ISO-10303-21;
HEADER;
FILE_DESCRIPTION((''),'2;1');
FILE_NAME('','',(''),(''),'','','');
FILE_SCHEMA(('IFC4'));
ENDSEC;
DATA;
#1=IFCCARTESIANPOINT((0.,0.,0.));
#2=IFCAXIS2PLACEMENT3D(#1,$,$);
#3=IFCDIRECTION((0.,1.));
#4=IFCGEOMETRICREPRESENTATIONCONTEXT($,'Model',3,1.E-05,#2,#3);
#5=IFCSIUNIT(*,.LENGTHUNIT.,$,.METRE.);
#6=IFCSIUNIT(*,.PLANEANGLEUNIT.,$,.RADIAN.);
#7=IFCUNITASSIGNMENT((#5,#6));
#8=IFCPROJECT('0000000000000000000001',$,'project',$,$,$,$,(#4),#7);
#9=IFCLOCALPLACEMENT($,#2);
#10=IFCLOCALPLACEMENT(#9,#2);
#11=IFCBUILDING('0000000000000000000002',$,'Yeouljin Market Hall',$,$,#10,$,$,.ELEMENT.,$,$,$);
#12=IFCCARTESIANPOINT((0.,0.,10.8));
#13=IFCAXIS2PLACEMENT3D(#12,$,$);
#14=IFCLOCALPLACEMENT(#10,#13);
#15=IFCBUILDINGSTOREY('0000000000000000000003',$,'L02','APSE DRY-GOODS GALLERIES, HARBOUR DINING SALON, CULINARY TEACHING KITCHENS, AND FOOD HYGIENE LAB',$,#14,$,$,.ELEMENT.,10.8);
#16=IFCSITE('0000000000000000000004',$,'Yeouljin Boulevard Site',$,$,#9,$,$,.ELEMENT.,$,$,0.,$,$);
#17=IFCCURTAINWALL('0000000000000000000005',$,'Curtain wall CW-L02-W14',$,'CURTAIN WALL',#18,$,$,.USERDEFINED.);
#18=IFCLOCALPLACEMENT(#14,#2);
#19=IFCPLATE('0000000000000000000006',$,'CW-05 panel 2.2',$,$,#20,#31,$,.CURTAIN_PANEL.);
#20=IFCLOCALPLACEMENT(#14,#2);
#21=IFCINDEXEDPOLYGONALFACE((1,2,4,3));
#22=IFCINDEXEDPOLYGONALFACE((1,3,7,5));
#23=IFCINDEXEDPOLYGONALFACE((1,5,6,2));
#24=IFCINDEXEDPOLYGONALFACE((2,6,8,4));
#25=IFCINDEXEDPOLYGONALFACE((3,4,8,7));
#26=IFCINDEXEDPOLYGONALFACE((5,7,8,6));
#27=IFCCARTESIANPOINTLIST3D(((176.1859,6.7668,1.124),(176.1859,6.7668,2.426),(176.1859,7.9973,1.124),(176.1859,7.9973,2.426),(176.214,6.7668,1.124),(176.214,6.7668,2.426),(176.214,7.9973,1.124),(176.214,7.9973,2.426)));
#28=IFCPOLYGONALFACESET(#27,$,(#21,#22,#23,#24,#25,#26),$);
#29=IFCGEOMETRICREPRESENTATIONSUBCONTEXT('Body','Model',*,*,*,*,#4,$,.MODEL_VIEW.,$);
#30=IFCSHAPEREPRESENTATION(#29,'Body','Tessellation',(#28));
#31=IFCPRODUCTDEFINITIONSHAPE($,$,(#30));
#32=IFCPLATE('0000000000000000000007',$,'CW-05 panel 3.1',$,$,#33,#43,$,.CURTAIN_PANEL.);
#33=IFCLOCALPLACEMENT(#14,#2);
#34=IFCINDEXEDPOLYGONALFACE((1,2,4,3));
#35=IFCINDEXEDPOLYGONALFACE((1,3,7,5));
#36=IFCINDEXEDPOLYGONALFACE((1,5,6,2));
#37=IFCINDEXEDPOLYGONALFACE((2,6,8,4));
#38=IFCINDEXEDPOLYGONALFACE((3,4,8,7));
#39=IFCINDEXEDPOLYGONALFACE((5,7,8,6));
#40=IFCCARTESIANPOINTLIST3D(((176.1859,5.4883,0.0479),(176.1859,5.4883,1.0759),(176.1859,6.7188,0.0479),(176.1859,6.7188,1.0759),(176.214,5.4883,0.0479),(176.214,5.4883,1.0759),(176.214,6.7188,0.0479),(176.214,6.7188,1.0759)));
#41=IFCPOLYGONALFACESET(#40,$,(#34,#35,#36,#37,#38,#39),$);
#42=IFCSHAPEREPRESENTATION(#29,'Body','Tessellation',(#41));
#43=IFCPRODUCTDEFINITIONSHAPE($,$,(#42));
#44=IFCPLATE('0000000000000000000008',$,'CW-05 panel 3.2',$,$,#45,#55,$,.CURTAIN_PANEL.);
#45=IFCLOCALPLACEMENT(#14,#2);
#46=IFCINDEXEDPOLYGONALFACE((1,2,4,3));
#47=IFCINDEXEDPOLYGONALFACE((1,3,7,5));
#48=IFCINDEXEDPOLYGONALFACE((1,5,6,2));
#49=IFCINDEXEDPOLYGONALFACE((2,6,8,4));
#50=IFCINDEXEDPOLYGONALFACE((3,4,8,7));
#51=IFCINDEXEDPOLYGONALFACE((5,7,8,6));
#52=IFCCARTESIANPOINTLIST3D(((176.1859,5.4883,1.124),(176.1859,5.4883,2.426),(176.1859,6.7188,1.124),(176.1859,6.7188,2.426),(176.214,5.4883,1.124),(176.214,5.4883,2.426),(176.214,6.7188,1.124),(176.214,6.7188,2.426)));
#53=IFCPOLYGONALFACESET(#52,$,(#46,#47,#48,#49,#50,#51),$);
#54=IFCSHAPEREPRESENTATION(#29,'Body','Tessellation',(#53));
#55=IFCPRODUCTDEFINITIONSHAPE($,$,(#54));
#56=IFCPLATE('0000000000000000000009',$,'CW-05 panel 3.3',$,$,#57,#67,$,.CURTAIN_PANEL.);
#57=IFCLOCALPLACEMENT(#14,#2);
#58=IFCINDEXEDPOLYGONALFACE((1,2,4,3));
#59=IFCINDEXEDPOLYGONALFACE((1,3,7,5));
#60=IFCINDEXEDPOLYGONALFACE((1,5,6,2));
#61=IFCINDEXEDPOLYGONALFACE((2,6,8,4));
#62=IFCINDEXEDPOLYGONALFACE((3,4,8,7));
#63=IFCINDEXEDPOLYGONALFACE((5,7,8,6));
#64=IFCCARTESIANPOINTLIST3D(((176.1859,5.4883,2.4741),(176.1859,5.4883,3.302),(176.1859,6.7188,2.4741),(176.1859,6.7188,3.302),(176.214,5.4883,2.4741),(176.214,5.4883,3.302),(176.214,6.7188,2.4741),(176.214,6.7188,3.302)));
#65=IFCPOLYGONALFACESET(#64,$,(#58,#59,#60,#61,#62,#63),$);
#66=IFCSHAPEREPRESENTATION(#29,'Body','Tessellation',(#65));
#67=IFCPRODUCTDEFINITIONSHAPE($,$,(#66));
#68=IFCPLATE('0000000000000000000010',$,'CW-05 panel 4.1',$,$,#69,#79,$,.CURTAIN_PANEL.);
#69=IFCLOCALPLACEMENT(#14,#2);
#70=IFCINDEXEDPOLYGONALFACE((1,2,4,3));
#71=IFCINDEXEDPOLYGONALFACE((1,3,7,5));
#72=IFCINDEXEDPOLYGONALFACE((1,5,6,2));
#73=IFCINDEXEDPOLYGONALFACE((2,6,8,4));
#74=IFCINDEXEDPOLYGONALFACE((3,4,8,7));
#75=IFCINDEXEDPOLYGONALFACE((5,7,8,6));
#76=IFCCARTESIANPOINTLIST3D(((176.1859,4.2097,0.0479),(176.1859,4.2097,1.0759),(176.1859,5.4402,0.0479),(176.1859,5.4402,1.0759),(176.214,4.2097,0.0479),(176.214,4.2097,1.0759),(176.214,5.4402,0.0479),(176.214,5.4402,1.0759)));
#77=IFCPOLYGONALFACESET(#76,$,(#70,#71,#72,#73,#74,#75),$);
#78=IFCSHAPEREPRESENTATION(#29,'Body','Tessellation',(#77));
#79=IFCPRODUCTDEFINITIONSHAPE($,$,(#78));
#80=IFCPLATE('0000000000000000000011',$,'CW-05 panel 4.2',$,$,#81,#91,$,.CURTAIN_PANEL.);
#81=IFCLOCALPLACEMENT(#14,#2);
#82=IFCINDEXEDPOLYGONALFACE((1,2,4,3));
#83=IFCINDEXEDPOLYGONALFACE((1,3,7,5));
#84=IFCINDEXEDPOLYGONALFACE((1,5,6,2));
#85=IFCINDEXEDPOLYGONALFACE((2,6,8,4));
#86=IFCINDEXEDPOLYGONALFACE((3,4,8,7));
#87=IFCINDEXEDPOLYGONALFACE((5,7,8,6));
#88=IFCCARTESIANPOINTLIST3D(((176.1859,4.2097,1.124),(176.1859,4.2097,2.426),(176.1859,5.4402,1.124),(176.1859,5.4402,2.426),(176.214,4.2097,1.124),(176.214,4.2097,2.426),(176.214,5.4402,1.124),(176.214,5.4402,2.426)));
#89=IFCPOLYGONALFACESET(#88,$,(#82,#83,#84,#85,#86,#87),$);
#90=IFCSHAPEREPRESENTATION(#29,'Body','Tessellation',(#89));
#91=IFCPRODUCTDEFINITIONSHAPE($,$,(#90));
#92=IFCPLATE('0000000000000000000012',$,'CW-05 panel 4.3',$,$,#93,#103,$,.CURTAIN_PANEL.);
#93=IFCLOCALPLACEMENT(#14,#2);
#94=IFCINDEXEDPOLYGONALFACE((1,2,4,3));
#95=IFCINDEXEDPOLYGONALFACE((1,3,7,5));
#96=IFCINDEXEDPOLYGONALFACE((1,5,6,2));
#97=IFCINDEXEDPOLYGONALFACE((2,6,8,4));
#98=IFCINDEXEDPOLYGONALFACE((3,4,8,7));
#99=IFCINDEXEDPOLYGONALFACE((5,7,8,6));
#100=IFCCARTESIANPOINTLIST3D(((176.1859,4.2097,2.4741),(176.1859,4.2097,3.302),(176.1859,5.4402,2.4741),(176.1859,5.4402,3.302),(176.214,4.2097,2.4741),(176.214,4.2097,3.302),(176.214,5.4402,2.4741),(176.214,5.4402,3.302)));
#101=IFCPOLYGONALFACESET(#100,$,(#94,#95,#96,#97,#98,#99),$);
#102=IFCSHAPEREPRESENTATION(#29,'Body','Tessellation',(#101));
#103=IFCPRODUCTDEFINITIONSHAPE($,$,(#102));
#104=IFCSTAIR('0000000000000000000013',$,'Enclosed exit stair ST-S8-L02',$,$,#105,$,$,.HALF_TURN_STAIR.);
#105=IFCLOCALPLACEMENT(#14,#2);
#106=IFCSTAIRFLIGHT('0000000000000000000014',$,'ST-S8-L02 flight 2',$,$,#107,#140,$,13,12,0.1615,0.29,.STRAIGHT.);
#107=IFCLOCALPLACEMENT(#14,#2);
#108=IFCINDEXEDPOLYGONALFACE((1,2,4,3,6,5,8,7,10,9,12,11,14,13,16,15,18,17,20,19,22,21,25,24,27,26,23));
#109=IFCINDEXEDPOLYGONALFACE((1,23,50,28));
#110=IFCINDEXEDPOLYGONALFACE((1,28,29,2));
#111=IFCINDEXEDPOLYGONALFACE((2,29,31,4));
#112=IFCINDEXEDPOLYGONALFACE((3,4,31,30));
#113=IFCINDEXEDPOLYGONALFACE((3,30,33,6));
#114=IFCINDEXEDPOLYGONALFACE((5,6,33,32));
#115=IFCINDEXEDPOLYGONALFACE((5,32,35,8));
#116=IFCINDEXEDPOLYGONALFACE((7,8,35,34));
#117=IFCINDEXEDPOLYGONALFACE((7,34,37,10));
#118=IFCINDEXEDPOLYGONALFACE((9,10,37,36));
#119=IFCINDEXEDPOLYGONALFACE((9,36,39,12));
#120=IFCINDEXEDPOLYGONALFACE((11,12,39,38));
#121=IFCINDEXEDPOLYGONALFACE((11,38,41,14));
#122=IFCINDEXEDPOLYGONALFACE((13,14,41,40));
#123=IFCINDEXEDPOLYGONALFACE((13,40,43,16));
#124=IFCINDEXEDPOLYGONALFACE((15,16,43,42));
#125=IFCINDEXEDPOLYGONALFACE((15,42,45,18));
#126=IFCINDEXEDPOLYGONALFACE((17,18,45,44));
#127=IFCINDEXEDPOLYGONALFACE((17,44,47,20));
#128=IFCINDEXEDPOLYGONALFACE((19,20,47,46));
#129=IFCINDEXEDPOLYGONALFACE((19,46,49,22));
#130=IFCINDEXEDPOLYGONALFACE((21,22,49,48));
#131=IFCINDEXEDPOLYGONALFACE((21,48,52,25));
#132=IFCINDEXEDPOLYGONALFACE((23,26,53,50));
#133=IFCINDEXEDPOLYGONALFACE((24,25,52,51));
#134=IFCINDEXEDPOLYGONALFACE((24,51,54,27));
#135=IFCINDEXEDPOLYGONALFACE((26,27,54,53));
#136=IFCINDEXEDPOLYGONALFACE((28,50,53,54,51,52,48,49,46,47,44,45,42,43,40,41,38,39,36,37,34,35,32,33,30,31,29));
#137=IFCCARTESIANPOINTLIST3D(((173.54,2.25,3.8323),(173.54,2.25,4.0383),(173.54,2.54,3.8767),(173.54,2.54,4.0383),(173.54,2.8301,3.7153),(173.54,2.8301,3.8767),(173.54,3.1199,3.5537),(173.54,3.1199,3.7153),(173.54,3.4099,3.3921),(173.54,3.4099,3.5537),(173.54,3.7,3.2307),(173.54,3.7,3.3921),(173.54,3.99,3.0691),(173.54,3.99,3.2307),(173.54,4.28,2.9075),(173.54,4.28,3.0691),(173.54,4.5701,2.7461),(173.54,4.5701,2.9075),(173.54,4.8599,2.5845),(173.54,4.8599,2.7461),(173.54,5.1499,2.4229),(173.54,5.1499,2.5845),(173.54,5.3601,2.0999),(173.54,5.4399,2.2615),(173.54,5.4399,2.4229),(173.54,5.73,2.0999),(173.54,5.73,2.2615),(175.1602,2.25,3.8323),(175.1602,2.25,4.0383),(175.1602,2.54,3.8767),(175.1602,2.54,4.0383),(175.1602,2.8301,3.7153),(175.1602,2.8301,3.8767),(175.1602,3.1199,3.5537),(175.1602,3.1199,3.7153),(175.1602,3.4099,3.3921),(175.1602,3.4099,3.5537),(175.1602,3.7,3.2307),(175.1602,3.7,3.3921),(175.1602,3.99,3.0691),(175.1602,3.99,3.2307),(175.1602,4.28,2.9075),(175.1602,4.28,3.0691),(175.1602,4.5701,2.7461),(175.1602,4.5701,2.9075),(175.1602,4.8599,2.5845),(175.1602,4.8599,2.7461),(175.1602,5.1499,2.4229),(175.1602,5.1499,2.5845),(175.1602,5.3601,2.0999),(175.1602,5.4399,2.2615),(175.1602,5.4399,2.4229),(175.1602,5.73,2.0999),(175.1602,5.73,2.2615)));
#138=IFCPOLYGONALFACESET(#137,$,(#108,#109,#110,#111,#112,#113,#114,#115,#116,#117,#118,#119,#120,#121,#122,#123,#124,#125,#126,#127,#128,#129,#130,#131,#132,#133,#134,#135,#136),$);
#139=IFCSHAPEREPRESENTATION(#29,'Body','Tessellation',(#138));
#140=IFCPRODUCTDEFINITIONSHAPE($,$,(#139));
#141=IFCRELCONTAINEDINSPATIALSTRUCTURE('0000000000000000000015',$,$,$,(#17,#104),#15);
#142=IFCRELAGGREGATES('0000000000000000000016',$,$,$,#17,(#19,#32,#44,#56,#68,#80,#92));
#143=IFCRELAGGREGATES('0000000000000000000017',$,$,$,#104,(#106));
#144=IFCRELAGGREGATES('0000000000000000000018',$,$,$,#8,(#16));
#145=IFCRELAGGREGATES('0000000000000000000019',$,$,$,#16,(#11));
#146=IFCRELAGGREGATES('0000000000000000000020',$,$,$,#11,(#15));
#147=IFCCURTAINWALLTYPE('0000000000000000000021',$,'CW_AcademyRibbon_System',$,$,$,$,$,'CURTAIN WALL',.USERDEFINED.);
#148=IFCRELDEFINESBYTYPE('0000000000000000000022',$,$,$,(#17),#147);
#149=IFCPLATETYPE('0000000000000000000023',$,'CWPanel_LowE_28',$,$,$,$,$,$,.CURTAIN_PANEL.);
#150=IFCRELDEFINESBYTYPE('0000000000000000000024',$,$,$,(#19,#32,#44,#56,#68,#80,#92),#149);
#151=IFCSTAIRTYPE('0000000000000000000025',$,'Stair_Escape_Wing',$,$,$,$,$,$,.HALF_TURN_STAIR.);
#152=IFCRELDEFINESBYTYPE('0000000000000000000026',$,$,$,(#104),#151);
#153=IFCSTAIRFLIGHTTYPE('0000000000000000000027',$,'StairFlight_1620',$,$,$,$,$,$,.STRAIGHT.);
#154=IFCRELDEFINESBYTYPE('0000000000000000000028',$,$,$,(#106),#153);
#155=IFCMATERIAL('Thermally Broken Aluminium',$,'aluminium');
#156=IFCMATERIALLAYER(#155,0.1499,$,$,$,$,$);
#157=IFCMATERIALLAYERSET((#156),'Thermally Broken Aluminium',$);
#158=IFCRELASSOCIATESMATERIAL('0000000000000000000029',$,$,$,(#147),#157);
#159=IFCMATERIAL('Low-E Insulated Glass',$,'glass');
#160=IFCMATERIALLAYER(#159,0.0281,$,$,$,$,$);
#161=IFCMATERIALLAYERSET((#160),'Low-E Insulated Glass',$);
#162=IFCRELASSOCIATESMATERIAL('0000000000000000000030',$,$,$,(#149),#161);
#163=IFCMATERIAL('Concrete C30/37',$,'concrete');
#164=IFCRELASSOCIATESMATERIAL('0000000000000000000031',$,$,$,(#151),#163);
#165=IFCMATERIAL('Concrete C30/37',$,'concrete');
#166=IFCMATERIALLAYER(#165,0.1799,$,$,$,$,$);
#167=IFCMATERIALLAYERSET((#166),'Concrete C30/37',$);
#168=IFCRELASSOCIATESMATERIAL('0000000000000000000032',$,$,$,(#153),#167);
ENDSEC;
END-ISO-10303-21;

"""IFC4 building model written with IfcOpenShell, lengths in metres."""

from ifc_helpers import new_model, si_unit, direction, frame, origin, origin_2d, place, context, subcontext, project, spatial, polyline, rectangle, outline, extrude, material, layer, layer_set, type_object, element, aggregate, save


model = new_model("IFC4")

# Units and contexts
model_context = context("Model", 3, precision=1e-05, world=origin(), true_north=direction((0.0, 1.0)))
body_context = subcontext(model_context, "Body", "Model", "MODEL_VIEW")
ifc_project = project(units=[si_unit("LENGTHUNIT", "METRE"), si_unit("PLANEANGLEUNIT", "RADIAN")], contexts=[model_context])

# Site, building, storey
site_placement = place(None, origin())
site = spatial("IfcSite", under=ifc_project, at=site_placement, Name="Yeouljin Boulevard Site", CompositionType="ELEMENT", RefElevation=0.0)
building_placement = place(site_placement, origin())
building = spatial("IfcBuilding", under=site, at=building_placement, Name="Yeouljin Market Hall", CompositionType="ELEMENT")
storey_placement = place(building_placement, frame((0.0, 0.0, 10.8)))
storey = spatial("IfcBuildingStorey", under=building, at=storey_placement, Name="L02", Description="APSE DRY-GOODS GALLERIES, HARBOUR DINING SALON, CULINARY TEACHING KITCHENS, AND FOOD HYGIENE LAB", CompositionType="ELEMENT", Elevation=10.8)

# Curtain wall, plates
ifc_material_1 = material(Name="Thermally Broken Aluminium", Category="aluminium")
ifc_layer_1 = layer(ifc_material_1, 0.1499)
ifc_layer_set_1 = layer_set([ifc_layer_1], Name="Thermally Broken Aluminium")
curtain_wall_type = type_object("IfcCurtainWallType", Name="CW_AcademyRibbon_System", ElementType="CURTAIN WALL", PredefinedType="USERDEFINED", material=ifc_layer_set_1)
curtain_wall_placement = place(storey_placement, origin())
curtain_wall = element("IfcCurtainWall", 1, at=curtain_wall_placement, inside=storey, type_object=curtain_wall_type, Name="Curtain wall CW-L02-W14", ObjectType="CURTAIN WALL", PredefinedType="USERDEFINED")
ifc_material_2 = material(Name="Low-E Insulated Glass", Category="glass")
ifc_layer_2 = layer(ifc_material_2, 0.0281)
ifc_layer_set_2 = layer_set([ifc_layer_2], Name="Low-E Insulated Glass")
plate_type = type_object("IfcPlateType", Name="CWPanel_LowE_28", PredefinedType="CURTAIN_PANEL", material=ifc_layer_set_2)
plate_1_placement = place(storey_placement, frame((176.2, 7.3821, 1.124), z_axis=(0.0, 0.0, 1.0), x_axis=(0.0, -1.0, 0.0)))
plate_1 = element("IfcPlate", 2, at=plate_1_placement, type_object=plate_type, Name="CW-05 panel 2.2", PredefinedType="CURTAIN_PANEL", context=body_context, shape_type="SweptSolid", body=[
    extrude(rectangle(XDim=1.2305, YDim=0.0281, at=origin_2d()), origin(), (0.0, 0.0, 1.0), 1.302),
])
plate_2_placement = place(storey_placement, frame((176.2, 6.1035, 0.0479), z_axis=(0.0, 0.0, 1.0), x_axis=(0.0, -1.0, 0.0)))
plate_2 = element("IfcPlate", 3, at=plate_2_placement, type_object=plate_type, Name="CW-05 panel 3.1", PredefinedType="CURTAIN_PANEL", context=body_context, shape_type="SweptSolid", body=[
    extrude(rectangle(XDim=1.2305, YDim=0.0281, at=origin_2d()), origin(), (0.0, 0.0, 1.0), 1.0281),
])
plate_3_placement = place(storey_placement, frame((176.2, 6.1035, 1.124), z_axis=(0.0, 0.0, 1.0), x_axis=(0.0, -1.0, 0.0)))
plate_3 = element("IfcPlate", 4, at=plate_3_placement, type_object=plate_type, Name="CW-05 panel 3.2", PredefinedType="CURTAIN_PANEL", context=body_context, shape_type="SweptSolid", body=[
    extrude(rectangle(XDim=1.2305, YDim=0.0281, at=origin_2d()), origin(), (0.0, 0.0, 1.0), 1.302),
])
plate_4_placement = place(storey_placement, frame((176.2, 6.1035, 2.4741), z_axis=(0.0, 0.0, 1.0), x_axis=(0.0, -1.0, 0.0)))
plate_4 = element("IfcPlate", 5, at=plate_4_placement, type_object=plate_type, Name="CW-05 panel 3.3", PredefinedType="CURTAIN_PANEL", context=body_context, shape_type="SweptSolid", body=[
    extrude(rectangle(XDim=1.2305, YDim=0.0281, at=origin_2d()), origin(), (0.0, 0.0, 1.0), 0.8279),
])
plate_5_placement = place(storey_placement, frame((176.2, 4.825, 0.0479), z_axis=(0.0, 0.0, 1.0), x_axis=(0.0, -1.0, 0.0)))
plate_5 = element("IfcPlate", 6, at=plate_5_placement, type_object=plate_type, Name="CW-05 panel 4.1", PredefinedType="CURTAIN_PANEL", context=body_context, shape_type="SweptSolid", body=[
    extrude(rectangle(XDim=1.2305, YDim=0.0281, at=origin_2d()), origin(), (0.0, 0.0, 1.0), 1.0281),
])
plate_6_placement = place(storey_placement, frame((176.2, 4.825, 1.124), z_axis=(0.0, 0.0, 1.0), x_axis=(0.0, -1.0, 0.0)))
plate_6 = element("IfcPlate", 7, at=plate_6_placement, type_object=plate_type, Name="CW-05 panel 4.2", PredefinedType="CURTAIN_PANEL", context=body_context, shape_type="SweptSolid", body=[
    extrude(rectangle(XDim=1.2305, YDim=0.0281, at=origin_2d()), origin(), (0.0, 0.0, 1.0), 1.302),
])
plate_7_placement = place(storey_placement, frame((176.2, 4.825, 2.4741), z_axis=(0.0, 0.0, 1.0), x_axis=(0.0, -1.0, 0.0)))
plate_7 = element("IfcPlate", 8, at=plate_7_placement, type_object=plate_type, Name="CW-05 panel 4.3", PredefinedType="CURTAIN_PANEL", context=body_context, shape_type="SweptSolid", body=[
    extrude(rectangle(XDim=1.2305, YDim=0.0281, at=origin_2d()), origin(), (0.0, 0.0, 1.0), 0.8279),
])
aggregate(curtain_wall, [plate_1, plate_2, plate_3, plate_4, plate_5, plate_6, plate_7])

# Stair, stair flight
ifc_material_3 = material(Name="Concrete C30/37", Category="concrete")
stair_type = type_object("IfcStairType", Name="Stair_Escape_Wing", PredefinedType="HALF_TURN_STAIR", material=ifc_material_3)
stair_placement = place(storey_placement, origin())
stair = element("IfcStair", 9, at=stair_placement, inside=storey, type_object=stair_type, Name="Enclosed exit stair ST-S8-L02", PredefinedType="HALF_TURN_STAIR")
ifc_material_4 = material(Name="Concrete C30/37", Category="concrete")
ifc_layer_3 = layer(ifc_material_4, 0.1799)
ifc_layer_set_3 = layer_set([ifc_layer_3], Name="Concrete C30/37")
stair_flight_type = type_object("IfcStairFlightType", Name="StairFlight_1620", PredefinedType="STRAIGHT", material=ifc_layer_set_3)
stair_flight_placement = place(storey_placement, frame((174.3501, 5.73, 2.0999), z_axis=(0.0, 0.0, 1.0), x_axis=(0.0, -1.0, 0.0)))
stair_flight = element("IfcStairFlight", 10, at=stair_flight_placement, type_object=stair_flight_type, Name="ST-S8-L02 flight 2", NumberOfRisers=13, NumberOfTreads=12, PredefinedType="STRAIGHT", RiserHeight=0.1615, TreadLength=0.29, context=body_context, shape_type="SweptSolid", body=[
    extrude(outline(polyline([(0.0, 0.0), (0.0, 0.1616), (0.29, 0.1616), (0.29, 0.323), (0.5801, 0.323), (0.5801, 0.4846), (0.8701, 0.4846), (0.8701, 0.6462), (1.1599, 0.6462), (1.1599, 0.8076), (1.45, 0.8076), (1.45, 0.9692), (1.74, 0.9692), (1.74, 1.1309), (2.03, 1.1309), (2.03, 1.2922), (2.3201, 1.2922), (2.3201, 1.4539), (2.6101, 1.4539), (2.6101, 1.6155), (2.8999, 1.6155), (2.8999, 1.7769), (3.1899, 1.7769), (3.1899, 1.9385), (3.48, 1.9385), (3.48, 2.1001), (3.48, 1.7324), (0.3699, 0.0), (0.0, 0.0)])), frame((0.0, 0.8101, 0.0), z_axis=(0.0, -1.0, 0.0), x_axis=(1.0, 0.0, 0.0)), (0.0, 0.0, 1.0), 1.6201),
])
aggregate(stair, [stair_flight])

save(model, "model.ifc")
